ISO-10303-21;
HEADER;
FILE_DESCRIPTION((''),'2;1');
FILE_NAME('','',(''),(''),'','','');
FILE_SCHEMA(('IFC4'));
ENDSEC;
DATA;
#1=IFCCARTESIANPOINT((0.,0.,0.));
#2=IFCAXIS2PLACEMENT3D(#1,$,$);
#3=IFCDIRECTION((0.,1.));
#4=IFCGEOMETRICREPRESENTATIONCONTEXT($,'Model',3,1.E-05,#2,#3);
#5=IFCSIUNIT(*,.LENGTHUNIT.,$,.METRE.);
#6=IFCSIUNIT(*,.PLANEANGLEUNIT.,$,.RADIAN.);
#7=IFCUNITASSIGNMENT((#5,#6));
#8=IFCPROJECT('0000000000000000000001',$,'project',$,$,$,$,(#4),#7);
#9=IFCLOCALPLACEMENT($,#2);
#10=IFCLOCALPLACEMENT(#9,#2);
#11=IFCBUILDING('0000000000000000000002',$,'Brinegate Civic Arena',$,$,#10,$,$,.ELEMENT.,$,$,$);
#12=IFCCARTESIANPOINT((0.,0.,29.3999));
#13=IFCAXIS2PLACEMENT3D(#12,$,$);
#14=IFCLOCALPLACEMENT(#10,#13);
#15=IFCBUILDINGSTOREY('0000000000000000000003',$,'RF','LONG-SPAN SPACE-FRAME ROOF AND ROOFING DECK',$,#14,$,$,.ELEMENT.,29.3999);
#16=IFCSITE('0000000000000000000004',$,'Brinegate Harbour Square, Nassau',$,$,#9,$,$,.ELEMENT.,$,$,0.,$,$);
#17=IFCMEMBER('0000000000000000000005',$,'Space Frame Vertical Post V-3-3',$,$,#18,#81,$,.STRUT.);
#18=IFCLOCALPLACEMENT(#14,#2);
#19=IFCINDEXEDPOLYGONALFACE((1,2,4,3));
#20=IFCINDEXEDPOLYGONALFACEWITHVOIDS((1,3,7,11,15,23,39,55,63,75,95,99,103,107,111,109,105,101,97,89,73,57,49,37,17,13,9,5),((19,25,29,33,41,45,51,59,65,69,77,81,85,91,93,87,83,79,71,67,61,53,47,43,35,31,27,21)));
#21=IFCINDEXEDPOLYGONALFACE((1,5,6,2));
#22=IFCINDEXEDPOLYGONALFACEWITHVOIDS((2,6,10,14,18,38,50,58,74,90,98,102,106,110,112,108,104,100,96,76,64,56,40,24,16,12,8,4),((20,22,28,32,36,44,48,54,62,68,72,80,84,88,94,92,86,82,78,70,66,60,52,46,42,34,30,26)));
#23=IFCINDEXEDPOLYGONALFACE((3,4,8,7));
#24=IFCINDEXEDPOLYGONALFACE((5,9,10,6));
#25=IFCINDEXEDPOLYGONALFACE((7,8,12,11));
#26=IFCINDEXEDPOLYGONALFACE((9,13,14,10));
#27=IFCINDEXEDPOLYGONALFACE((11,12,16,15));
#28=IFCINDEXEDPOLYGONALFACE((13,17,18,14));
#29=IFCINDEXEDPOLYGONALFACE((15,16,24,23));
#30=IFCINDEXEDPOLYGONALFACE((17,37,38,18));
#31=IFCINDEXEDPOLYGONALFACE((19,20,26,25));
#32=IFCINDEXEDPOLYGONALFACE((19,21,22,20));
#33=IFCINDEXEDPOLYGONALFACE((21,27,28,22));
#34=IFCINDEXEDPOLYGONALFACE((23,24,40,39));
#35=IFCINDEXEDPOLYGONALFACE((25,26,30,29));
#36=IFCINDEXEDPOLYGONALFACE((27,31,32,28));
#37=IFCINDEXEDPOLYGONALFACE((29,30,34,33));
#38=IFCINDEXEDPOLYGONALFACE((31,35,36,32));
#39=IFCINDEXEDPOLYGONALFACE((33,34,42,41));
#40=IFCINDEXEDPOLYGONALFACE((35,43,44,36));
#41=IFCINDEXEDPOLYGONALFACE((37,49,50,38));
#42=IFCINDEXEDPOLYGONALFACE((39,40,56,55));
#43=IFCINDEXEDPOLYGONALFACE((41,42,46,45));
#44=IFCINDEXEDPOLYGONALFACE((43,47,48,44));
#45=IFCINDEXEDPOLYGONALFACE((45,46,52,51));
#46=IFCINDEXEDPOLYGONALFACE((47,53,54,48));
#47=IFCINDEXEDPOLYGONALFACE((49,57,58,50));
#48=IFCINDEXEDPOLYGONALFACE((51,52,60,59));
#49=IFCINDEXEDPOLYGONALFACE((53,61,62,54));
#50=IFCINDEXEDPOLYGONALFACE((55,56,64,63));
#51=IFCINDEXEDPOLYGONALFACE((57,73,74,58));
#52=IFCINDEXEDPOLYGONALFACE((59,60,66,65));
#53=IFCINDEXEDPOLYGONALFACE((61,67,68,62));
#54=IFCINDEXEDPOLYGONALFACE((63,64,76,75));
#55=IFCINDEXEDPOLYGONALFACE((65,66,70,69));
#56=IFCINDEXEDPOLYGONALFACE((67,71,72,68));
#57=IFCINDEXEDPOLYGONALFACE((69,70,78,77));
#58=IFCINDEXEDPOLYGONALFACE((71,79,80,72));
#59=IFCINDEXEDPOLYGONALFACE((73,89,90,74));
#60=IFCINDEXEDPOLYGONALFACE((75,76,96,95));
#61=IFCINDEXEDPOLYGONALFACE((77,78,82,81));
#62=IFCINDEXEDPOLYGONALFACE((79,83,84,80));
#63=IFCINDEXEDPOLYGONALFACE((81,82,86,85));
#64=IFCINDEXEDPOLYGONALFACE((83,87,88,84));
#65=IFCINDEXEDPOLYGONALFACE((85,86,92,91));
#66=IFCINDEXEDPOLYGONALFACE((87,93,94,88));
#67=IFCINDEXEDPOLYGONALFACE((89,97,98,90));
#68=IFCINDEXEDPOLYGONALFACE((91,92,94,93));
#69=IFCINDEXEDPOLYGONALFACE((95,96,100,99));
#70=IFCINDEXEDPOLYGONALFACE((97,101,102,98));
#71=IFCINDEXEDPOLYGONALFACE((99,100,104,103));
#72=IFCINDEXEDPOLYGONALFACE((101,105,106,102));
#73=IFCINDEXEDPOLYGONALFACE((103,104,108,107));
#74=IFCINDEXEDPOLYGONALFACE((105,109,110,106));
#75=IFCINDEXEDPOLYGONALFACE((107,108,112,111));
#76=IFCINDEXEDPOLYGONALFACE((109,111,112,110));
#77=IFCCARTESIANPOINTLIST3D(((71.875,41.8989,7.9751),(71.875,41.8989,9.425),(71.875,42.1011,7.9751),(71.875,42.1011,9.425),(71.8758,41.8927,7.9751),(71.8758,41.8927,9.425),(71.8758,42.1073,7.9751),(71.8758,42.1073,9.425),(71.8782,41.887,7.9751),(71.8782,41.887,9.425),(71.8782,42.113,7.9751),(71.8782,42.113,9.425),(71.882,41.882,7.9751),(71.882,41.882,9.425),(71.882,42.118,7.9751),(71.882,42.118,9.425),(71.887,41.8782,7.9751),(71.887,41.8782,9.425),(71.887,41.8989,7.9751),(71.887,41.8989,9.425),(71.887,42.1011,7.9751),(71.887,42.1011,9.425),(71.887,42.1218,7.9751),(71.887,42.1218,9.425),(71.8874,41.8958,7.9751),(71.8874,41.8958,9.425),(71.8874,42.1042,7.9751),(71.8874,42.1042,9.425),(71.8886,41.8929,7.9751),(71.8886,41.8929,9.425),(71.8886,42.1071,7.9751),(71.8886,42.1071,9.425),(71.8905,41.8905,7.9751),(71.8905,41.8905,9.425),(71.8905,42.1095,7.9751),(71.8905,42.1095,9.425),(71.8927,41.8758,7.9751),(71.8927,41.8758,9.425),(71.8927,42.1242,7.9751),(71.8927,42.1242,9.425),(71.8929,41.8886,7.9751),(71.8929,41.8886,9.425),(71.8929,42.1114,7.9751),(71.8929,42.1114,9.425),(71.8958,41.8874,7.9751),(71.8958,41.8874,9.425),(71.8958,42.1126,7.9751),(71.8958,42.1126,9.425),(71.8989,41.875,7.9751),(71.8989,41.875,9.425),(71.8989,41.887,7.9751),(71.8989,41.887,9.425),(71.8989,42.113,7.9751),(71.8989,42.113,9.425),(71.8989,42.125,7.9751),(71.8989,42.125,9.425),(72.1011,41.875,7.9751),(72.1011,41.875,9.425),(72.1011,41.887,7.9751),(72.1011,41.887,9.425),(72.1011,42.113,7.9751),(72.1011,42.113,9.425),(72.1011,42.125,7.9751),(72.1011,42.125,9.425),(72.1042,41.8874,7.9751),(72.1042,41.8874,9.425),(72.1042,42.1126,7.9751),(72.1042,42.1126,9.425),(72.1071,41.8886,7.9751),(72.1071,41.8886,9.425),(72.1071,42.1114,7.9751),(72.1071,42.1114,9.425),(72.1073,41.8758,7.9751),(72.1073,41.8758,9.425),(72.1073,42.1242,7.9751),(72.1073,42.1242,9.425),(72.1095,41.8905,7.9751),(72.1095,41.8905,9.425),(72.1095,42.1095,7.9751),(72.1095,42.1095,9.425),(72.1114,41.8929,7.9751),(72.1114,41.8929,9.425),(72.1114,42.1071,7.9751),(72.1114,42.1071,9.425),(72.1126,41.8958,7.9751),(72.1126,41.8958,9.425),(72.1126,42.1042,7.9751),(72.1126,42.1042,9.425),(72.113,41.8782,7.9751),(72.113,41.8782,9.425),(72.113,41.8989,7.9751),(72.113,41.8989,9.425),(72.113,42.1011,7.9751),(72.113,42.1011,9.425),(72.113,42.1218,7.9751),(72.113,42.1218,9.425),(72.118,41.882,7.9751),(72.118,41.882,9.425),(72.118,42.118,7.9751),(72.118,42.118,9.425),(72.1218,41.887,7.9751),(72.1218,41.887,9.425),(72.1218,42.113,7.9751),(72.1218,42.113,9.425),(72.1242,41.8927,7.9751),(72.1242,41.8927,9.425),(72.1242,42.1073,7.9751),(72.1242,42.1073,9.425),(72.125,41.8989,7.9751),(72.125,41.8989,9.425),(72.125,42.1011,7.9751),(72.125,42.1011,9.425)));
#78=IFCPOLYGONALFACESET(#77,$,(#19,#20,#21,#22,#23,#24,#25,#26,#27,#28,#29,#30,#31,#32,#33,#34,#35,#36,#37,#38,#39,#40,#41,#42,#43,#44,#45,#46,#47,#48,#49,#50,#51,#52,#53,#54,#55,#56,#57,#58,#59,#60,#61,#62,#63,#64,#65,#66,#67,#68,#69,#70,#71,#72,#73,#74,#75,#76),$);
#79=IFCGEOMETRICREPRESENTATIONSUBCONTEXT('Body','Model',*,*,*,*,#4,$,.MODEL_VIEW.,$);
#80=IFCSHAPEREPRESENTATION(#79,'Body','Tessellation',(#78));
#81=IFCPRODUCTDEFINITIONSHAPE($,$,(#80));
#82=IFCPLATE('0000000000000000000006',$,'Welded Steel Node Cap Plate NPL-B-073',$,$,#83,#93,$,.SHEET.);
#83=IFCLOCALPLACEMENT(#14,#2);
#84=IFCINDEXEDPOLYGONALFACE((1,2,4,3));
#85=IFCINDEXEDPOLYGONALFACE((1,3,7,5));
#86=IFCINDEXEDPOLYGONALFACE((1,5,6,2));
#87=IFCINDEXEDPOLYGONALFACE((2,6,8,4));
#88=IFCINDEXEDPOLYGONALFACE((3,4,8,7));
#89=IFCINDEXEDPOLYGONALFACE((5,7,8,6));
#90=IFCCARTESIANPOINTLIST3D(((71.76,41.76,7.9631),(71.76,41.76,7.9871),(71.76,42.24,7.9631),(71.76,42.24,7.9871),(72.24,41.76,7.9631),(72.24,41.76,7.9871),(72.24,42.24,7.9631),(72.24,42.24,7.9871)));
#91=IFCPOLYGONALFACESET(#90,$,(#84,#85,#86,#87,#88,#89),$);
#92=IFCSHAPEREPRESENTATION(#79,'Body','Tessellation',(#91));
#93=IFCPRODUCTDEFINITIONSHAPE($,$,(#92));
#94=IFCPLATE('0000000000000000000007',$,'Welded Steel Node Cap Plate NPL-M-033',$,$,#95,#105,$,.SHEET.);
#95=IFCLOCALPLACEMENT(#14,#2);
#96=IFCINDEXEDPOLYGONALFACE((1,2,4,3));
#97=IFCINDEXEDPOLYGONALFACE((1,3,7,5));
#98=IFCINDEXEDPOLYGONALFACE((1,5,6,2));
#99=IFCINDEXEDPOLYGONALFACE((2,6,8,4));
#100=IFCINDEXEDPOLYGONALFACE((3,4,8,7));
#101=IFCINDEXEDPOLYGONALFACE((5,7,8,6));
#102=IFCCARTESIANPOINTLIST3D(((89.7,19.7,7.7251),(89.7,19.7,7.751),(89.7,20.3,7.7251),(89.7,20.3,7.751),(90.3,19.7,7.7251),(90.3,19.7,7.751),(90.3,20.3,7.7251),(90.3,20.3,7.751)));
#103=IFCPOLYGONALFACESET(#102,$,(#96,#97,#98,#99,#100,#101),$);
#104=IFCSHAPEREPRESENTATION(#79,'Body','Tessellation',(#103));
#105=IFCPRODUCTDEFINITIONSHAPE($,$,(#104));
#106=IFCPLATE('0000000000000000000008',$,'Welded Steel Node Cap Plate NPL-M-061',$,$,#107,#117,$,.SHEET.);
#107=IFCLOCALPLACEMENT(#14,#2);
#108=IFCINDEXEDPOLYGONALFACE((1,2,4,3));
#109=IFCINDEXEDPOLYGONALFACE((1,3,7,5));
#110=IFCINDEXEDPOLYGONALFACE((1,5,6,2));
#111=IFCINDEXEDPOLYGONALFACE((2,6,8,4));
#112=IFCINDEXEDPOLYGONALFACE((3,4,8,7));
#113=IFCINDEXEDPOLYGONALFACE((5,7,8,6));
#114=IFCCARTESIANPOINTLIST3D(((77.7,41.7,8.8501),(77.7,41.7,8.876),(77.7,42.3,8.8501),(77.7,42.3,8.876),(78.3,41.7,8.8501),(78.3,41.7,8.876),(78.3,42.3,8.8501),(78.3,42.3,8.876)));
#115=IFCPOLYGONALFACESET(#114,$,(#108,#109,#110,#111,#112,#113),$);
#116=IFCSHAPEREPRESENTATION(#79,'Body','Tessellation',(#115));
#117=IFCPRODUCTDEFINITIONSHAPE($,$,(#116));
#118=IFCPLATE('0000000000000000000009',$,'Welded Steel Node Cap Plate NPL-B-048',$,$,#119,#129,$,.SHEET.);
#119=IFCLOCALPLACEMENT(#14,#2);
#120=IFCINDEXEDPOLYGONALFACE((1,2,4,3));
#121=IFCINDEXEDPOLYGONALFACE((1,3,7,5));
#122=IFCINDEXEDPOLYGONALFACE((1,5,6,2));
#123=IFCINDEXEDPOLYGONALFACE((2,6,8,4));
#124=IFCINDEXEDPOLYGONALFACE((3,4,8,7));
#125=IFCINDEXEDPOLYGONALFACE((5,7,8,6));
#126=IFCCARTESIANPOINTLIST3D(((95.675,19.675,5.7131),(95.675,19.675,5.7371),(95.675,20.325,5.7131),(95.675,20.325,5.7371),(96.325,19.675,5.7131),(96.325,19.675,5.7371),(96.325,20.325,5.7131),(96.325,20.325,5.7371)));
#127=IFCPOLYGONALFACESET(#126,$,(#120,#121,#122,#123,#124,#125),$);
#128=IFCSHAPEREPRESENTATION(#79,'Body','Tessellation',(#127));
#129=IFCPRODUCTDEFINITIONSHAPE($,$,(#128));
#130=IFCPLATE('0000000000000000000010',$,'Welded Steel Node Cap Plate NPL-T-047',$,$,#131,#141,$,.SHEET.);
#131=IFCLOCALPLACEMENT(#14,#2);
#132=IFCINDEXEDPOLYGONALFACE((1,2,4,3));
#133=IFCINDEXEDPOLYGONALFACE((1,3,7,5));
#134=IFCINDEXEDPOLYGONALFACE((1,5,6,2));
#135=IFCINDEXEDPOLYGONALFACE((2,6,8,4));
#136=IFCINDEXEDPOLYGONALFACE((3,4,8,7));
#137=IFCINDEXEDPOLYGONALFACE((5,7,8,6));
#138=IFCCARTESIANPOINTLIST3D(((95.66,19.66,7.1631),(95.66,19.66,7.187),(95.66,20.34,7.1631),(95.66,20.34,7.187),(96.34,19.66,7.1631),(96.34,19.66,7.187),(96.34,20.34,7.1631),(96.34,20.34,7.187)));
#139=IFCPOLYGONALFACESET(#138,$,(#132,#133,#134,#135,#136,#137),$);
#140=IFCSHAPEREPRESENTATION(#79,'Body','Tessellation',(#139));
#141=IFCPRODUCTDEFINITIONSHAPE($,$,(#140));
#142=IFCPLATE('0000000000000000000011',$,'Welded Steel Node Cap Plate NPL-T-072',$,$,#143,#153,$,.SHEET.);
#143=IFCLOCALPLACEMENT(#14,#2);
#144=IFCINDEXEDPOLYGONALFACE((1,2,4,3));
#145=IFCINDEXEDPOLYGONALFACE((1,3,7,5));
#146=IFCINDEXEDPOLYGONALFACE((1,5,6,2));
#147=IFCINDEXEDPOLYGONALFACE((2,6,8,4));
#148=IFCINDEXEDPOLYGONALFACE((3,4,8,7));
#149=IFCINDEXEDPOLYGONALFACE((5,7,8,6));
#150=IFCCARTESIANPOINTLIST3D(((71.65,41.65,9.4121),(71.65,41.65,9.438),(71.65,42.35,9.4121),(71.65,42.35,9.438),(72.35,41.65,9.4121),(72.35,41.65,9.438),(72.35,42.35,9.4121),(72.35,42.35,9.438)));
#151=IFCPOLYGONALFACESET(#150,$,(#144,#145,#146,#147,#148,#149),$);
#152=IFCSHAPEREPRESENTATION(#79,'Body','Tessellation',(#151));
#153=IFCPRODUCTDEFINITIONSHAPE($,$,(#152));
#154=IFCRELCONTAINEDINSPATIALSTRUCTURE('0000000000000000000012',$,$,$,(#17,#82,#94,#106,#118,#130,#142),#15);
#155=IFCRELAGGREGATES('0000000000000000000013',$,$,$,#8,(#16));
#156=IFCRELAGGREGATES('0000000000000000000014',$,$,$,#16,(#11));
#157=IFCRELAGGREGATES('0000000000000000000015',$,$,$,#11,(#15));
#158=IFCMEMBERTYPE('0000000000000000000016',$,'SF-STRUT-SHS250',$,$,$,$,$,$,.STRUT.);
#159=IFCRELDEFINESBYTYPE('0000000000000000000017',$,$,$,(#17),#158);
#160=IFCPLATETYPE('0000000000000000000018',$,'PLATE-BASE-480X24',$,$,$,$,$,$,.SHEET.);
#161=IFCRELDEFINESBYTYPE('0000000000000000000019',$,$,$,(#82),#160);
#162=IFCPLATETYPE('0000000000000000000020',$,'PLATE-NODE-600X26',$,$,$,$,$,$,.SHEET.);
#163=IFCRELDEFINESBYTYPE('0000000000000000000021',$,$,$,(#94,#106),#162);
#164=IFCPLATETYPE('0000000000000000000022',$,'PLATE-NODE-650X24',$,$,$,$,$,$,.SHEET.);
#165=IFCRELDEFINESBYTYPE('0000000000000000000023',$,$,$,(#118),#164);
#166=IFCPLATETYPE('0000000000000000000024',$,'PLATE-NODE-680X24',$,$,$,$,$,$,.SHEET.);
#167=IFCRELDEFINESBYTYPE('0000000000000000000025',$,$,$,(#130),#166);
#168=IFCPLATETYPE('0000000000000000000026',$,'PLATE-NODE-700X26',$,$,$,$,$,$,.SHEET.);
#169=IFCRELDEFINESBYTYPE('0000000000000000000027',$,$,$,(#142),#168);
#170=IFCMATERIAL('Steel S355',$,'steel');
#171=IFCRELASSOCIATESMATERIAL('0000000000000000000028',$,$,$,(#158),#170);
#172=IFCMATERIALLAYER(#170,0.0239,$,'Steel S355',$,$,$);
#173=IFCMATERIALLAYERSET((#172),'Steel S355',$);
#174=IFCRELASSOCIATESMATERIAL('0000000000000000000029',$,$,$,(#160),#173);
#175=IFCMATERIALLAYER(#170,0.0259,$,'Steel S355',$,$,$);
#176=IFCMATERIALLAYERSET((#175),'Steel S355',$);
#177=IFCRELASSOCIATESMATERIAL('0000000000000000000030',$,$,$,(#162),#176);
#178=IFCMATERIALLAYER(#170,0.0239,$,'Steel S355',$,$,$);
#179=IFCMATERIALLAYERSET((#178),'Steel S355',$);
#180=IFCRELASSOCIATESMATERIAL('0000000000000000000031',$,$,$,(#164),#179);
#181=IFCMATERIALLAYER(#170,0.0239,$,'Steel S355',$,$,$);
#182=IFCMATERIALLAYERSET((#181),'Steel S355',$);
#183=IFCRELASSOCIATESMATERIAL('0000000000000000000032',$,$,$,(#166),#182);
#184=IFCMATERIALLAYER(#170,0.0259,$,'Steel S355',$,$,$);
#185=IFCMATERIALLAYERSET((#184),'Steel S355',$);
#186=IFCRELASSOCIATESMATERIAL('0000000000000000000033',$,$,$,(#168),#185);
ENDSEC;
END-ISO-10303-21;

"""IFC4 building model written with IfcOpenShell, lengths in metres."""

from ifc_helpers import new_model, si_unit, direction, frame, origin, origin_2d, place, context, subcontext, project, spatial, rectangle, hollow_rectangle, extrude, material, layer, layer_set, material_profile, profile_set, type_object, element, save


model = new_model("IFC4")

# Units and contexts
model_context = context("Model", 3, precision=1e-05, world=origin(), true_north=direction((0.0, 1.0)))
body_context = subcontext(model_context, "Body", "Model", "MODEL_VIEW")
ifc_project = project(units=[si_unit("LENGTHUNIT", "METRE"), si_unit("PLANEANGLEUNIT", "RADIAN")], contexts=[model_context])

# Site, building, storey
site_placement = place(None, origin())
site = spatial("IfcSite", under=ifc_project, at=site_placement, Name="Brinegate Harbour Square, Nassau", CompositionType="ELEMENT", RefElevation=0.0)
building_placement = place(site_placement, origin())
building = spatial("IfcBuilding", under=site, at=building_placement, Name="Brinegate Civic Arena", CompositionType="ELEMENT")
storey_placement = place(building_placement, frame((0.0, 0.0, 29.3999)))
storey = spatial("IfcBuildingStorey", under=building, at=storey_placement, Name="RF", Description="LONG-SPAN SPACE-FRAME ROOF AND ROOFING DECK", CompositionType="ELEMENT", Elevation=29.3999)

# Member
ifc_material = material(Name="Steel S355", Category="steel")
ifc_material_profile_1 = material_profile(ifc_material, hollow_rectangle(XDim=0.25, YDim=0.25, WallThickness=0.012, InnerFilletRadius=0.012, OuterFilletRadius=0.0239, at=origin_2d()), Name="SHS250X12")
ifc_profile_set_1 = profile_set([ifc_material_profile_1], Name="Steel S355")
member_type_1 = type_object("IfcMemberType", Name="SF-STRUT-SHS250", PredefinedType="STRUT", material=ifc_profile_set_1)
member_1_placement = place(storey_placement, frame((72.0, 42.0, 7.9751), z_axis=(0.0, 0.0, 1.0), x_axis=(1.0, 0.0, 0.0)))
element("IfcMember", 1, at=member_1_placement, inside=storey, type_object=member_type_1, Name="Space Frame Vertical Post V-3-3", PredefinedType="STRUT", context=body_context, shape_type="SweptSolid", body=[
    extrude(hollow_rectangle(XDim=0.25, YDim=0.25, WallThickness=0.012, InnerFilletRadius=0.012, OuterFilletRadius=0.0239, at=origin_2d()), origin(), (0.0, 0.0, 1.0), 1.45),
])

# Plates
ifc_layer_1 = layer(ifc_material, 0.0239, Name="Steel S355")
ifc_layer_set_1 = layer_set([ifc_layer_1], Name="Steel S355")
plate_type_1 = type_object("IfcPlateType", Name="PLATE-BASE-480X24", PredefinedType="SHEET", material=ifc_layer_set_1)
plate_1_placement = place(storey_placement, frame((72.0, 42.0, 7.9631), z_axis=(0.0, 0.0, 1.0), x_axis=(1.0, 0.0, 0.0)))
element("IfcPlate", 2, at=plate_1_placement, inside=storey, type_object=plate_type_1, Name="Welded Steel Node Cap Plate NPL-B-073", PredefinedType="SHEET", context=body_context, shape_type="SweptSolid", body=[
    extrude(rectangle(XDim=0.48, YDim=0.48, at=origin_2d()), origin(), (0.0, 0.0, 1.0), 0.0239),
])
ifc_layer_2 = layer(ifc_material, 0.0259, Name="Steel S355")
ifc_layer_set_2 = layer_set([ifc_layer_2], Name="Steel S355")
plate_type_2 = type_object("IfcPlateType", Name="PLATE-NODE-600X26", PredefinedType="SHEET", material=ifc_layer_set_2)
for number, where, z_axis, x_axis, name in (
    (3, (90.0, 20.0, 7.7251), (0.0, 0.0, 1.0), (1.0, 0.0, 0.0), "Welded Steel Node Cap Plate NPL-M-033"),
    (4, (78.0, 42.0, 8.8501), (0.0, 0.0, 1.0), (1.0, 0.0, 0.0), "Welded Steel Node Cap Plate NPL-M-061"),
):
    element("IfcPlate", number, at=place(storey_placement, frame(where, z_axis=z_axis, x_axis=x_axis)), inside=storey, type_object=plate_type_2, Name=name, PredefinedType="SHEET", context=body_context, shape_type="SweptSolid", body=[
        extrude(rectangle(XDim=0.6001, YDim=0.6001, at=origin_2d()), origin(), (0.0, 0.0, 1.0), 0.0259),
    ])
ifc_layer_3 = layer(ifc_material, 0.0239, Name="Steel S355")
ifc_layer_set_3 = layer_set([ifc_layer_3], Name="Steel S355")
plate_type_3 = type_object("IfcPlateType", Name="PLATE-NODE-650X24", PredefinedType="SHEET", material=ifc_layer_set_3)
plate_2_placement = place(storey_placement, frame((96.0, 20.0, 5.7131), z_axis=(0.0, 0.0, 1.0), x_axis=(1.0, 0.0, 0.0)))
element("IfcPlate", 5, at=plate_2_placement, inside=storey, type_object=plate_type_3, Name="Welded Steel Node Cap Plate NPL-B-048", PredefinedType="SHEET", context=body_context, shape_type="SweptSolid", body=[
    extrude(rectangle(XDim=0.6499, YDim=0.6499, at=origin_2d()), origin(), (0.0, 0.0, 1.0), 0.0239),
])
ifc_layer_4 = layer(ifc_material, 0.0239, Name="Steel S355")
ifc_layer_set_4 = layer_set([ifc_layer_4], Name="Steel S355")
plate_type_4 = type_object("IfcPlateType", Name="PLATE-NODE-680X24", PredefinedType="SHEET", material=ifc_layer_set_4)
plate_3_placement = place(storey_placement, frame((96.0, 20.0, 7.1631), z_axis=(0.0, 0.0, 1.0), x_axis=(1.0, 0.0, 0.0)))
element("IfcPlate", 6, at=plate_3_placement, inside=storey, type_object=plate_type_4, Name="Welded Steel Node Cap Plate NPL-T-047", PredefinedType="SHEET", context=body_context, shape_type="SweptSolid", body=[
    extrude(rectangle(XDim=0.6799, YDim=0.6799, at=origin_2d()), origin(), (0.0, 0.0, 1.0), 0.0239),
])
ifc_layer_5 = layer(ifc_material, 0.0259, Name="Steel S355")
ifc_layer_set_5 = layer_set([ifc_layer_5], Name="Steel S355")
plate_type_5 = type_object("IfcPlateType", Name="PLATE-NODE-700X26", PredefinedType="SHEET", material=ifc_layer_set_5)
plate_4_placement = place(storey_placement, frame((72.0, 42.0, 9.4121), z_axis=(0.0, 0.0, 1.0), x_axis=(1.0, 0.0, 0.0)))
element("IfcPlate", 7, at=plate_4_placement, inside=storey, type_object=plate_type_5, Name="Welded Steel Node Cap Plate NPL-T-072", PredefinedType="SHEET", context=body_context, shape_type="SweptSolid", body=[
    extrude(rectangle(XDim=0.7, YDim=0.7, at=origin_2d()), origin(), (0.0, 0.0, 1.0), 0.0259),
])

save(model, "model.ifc")
